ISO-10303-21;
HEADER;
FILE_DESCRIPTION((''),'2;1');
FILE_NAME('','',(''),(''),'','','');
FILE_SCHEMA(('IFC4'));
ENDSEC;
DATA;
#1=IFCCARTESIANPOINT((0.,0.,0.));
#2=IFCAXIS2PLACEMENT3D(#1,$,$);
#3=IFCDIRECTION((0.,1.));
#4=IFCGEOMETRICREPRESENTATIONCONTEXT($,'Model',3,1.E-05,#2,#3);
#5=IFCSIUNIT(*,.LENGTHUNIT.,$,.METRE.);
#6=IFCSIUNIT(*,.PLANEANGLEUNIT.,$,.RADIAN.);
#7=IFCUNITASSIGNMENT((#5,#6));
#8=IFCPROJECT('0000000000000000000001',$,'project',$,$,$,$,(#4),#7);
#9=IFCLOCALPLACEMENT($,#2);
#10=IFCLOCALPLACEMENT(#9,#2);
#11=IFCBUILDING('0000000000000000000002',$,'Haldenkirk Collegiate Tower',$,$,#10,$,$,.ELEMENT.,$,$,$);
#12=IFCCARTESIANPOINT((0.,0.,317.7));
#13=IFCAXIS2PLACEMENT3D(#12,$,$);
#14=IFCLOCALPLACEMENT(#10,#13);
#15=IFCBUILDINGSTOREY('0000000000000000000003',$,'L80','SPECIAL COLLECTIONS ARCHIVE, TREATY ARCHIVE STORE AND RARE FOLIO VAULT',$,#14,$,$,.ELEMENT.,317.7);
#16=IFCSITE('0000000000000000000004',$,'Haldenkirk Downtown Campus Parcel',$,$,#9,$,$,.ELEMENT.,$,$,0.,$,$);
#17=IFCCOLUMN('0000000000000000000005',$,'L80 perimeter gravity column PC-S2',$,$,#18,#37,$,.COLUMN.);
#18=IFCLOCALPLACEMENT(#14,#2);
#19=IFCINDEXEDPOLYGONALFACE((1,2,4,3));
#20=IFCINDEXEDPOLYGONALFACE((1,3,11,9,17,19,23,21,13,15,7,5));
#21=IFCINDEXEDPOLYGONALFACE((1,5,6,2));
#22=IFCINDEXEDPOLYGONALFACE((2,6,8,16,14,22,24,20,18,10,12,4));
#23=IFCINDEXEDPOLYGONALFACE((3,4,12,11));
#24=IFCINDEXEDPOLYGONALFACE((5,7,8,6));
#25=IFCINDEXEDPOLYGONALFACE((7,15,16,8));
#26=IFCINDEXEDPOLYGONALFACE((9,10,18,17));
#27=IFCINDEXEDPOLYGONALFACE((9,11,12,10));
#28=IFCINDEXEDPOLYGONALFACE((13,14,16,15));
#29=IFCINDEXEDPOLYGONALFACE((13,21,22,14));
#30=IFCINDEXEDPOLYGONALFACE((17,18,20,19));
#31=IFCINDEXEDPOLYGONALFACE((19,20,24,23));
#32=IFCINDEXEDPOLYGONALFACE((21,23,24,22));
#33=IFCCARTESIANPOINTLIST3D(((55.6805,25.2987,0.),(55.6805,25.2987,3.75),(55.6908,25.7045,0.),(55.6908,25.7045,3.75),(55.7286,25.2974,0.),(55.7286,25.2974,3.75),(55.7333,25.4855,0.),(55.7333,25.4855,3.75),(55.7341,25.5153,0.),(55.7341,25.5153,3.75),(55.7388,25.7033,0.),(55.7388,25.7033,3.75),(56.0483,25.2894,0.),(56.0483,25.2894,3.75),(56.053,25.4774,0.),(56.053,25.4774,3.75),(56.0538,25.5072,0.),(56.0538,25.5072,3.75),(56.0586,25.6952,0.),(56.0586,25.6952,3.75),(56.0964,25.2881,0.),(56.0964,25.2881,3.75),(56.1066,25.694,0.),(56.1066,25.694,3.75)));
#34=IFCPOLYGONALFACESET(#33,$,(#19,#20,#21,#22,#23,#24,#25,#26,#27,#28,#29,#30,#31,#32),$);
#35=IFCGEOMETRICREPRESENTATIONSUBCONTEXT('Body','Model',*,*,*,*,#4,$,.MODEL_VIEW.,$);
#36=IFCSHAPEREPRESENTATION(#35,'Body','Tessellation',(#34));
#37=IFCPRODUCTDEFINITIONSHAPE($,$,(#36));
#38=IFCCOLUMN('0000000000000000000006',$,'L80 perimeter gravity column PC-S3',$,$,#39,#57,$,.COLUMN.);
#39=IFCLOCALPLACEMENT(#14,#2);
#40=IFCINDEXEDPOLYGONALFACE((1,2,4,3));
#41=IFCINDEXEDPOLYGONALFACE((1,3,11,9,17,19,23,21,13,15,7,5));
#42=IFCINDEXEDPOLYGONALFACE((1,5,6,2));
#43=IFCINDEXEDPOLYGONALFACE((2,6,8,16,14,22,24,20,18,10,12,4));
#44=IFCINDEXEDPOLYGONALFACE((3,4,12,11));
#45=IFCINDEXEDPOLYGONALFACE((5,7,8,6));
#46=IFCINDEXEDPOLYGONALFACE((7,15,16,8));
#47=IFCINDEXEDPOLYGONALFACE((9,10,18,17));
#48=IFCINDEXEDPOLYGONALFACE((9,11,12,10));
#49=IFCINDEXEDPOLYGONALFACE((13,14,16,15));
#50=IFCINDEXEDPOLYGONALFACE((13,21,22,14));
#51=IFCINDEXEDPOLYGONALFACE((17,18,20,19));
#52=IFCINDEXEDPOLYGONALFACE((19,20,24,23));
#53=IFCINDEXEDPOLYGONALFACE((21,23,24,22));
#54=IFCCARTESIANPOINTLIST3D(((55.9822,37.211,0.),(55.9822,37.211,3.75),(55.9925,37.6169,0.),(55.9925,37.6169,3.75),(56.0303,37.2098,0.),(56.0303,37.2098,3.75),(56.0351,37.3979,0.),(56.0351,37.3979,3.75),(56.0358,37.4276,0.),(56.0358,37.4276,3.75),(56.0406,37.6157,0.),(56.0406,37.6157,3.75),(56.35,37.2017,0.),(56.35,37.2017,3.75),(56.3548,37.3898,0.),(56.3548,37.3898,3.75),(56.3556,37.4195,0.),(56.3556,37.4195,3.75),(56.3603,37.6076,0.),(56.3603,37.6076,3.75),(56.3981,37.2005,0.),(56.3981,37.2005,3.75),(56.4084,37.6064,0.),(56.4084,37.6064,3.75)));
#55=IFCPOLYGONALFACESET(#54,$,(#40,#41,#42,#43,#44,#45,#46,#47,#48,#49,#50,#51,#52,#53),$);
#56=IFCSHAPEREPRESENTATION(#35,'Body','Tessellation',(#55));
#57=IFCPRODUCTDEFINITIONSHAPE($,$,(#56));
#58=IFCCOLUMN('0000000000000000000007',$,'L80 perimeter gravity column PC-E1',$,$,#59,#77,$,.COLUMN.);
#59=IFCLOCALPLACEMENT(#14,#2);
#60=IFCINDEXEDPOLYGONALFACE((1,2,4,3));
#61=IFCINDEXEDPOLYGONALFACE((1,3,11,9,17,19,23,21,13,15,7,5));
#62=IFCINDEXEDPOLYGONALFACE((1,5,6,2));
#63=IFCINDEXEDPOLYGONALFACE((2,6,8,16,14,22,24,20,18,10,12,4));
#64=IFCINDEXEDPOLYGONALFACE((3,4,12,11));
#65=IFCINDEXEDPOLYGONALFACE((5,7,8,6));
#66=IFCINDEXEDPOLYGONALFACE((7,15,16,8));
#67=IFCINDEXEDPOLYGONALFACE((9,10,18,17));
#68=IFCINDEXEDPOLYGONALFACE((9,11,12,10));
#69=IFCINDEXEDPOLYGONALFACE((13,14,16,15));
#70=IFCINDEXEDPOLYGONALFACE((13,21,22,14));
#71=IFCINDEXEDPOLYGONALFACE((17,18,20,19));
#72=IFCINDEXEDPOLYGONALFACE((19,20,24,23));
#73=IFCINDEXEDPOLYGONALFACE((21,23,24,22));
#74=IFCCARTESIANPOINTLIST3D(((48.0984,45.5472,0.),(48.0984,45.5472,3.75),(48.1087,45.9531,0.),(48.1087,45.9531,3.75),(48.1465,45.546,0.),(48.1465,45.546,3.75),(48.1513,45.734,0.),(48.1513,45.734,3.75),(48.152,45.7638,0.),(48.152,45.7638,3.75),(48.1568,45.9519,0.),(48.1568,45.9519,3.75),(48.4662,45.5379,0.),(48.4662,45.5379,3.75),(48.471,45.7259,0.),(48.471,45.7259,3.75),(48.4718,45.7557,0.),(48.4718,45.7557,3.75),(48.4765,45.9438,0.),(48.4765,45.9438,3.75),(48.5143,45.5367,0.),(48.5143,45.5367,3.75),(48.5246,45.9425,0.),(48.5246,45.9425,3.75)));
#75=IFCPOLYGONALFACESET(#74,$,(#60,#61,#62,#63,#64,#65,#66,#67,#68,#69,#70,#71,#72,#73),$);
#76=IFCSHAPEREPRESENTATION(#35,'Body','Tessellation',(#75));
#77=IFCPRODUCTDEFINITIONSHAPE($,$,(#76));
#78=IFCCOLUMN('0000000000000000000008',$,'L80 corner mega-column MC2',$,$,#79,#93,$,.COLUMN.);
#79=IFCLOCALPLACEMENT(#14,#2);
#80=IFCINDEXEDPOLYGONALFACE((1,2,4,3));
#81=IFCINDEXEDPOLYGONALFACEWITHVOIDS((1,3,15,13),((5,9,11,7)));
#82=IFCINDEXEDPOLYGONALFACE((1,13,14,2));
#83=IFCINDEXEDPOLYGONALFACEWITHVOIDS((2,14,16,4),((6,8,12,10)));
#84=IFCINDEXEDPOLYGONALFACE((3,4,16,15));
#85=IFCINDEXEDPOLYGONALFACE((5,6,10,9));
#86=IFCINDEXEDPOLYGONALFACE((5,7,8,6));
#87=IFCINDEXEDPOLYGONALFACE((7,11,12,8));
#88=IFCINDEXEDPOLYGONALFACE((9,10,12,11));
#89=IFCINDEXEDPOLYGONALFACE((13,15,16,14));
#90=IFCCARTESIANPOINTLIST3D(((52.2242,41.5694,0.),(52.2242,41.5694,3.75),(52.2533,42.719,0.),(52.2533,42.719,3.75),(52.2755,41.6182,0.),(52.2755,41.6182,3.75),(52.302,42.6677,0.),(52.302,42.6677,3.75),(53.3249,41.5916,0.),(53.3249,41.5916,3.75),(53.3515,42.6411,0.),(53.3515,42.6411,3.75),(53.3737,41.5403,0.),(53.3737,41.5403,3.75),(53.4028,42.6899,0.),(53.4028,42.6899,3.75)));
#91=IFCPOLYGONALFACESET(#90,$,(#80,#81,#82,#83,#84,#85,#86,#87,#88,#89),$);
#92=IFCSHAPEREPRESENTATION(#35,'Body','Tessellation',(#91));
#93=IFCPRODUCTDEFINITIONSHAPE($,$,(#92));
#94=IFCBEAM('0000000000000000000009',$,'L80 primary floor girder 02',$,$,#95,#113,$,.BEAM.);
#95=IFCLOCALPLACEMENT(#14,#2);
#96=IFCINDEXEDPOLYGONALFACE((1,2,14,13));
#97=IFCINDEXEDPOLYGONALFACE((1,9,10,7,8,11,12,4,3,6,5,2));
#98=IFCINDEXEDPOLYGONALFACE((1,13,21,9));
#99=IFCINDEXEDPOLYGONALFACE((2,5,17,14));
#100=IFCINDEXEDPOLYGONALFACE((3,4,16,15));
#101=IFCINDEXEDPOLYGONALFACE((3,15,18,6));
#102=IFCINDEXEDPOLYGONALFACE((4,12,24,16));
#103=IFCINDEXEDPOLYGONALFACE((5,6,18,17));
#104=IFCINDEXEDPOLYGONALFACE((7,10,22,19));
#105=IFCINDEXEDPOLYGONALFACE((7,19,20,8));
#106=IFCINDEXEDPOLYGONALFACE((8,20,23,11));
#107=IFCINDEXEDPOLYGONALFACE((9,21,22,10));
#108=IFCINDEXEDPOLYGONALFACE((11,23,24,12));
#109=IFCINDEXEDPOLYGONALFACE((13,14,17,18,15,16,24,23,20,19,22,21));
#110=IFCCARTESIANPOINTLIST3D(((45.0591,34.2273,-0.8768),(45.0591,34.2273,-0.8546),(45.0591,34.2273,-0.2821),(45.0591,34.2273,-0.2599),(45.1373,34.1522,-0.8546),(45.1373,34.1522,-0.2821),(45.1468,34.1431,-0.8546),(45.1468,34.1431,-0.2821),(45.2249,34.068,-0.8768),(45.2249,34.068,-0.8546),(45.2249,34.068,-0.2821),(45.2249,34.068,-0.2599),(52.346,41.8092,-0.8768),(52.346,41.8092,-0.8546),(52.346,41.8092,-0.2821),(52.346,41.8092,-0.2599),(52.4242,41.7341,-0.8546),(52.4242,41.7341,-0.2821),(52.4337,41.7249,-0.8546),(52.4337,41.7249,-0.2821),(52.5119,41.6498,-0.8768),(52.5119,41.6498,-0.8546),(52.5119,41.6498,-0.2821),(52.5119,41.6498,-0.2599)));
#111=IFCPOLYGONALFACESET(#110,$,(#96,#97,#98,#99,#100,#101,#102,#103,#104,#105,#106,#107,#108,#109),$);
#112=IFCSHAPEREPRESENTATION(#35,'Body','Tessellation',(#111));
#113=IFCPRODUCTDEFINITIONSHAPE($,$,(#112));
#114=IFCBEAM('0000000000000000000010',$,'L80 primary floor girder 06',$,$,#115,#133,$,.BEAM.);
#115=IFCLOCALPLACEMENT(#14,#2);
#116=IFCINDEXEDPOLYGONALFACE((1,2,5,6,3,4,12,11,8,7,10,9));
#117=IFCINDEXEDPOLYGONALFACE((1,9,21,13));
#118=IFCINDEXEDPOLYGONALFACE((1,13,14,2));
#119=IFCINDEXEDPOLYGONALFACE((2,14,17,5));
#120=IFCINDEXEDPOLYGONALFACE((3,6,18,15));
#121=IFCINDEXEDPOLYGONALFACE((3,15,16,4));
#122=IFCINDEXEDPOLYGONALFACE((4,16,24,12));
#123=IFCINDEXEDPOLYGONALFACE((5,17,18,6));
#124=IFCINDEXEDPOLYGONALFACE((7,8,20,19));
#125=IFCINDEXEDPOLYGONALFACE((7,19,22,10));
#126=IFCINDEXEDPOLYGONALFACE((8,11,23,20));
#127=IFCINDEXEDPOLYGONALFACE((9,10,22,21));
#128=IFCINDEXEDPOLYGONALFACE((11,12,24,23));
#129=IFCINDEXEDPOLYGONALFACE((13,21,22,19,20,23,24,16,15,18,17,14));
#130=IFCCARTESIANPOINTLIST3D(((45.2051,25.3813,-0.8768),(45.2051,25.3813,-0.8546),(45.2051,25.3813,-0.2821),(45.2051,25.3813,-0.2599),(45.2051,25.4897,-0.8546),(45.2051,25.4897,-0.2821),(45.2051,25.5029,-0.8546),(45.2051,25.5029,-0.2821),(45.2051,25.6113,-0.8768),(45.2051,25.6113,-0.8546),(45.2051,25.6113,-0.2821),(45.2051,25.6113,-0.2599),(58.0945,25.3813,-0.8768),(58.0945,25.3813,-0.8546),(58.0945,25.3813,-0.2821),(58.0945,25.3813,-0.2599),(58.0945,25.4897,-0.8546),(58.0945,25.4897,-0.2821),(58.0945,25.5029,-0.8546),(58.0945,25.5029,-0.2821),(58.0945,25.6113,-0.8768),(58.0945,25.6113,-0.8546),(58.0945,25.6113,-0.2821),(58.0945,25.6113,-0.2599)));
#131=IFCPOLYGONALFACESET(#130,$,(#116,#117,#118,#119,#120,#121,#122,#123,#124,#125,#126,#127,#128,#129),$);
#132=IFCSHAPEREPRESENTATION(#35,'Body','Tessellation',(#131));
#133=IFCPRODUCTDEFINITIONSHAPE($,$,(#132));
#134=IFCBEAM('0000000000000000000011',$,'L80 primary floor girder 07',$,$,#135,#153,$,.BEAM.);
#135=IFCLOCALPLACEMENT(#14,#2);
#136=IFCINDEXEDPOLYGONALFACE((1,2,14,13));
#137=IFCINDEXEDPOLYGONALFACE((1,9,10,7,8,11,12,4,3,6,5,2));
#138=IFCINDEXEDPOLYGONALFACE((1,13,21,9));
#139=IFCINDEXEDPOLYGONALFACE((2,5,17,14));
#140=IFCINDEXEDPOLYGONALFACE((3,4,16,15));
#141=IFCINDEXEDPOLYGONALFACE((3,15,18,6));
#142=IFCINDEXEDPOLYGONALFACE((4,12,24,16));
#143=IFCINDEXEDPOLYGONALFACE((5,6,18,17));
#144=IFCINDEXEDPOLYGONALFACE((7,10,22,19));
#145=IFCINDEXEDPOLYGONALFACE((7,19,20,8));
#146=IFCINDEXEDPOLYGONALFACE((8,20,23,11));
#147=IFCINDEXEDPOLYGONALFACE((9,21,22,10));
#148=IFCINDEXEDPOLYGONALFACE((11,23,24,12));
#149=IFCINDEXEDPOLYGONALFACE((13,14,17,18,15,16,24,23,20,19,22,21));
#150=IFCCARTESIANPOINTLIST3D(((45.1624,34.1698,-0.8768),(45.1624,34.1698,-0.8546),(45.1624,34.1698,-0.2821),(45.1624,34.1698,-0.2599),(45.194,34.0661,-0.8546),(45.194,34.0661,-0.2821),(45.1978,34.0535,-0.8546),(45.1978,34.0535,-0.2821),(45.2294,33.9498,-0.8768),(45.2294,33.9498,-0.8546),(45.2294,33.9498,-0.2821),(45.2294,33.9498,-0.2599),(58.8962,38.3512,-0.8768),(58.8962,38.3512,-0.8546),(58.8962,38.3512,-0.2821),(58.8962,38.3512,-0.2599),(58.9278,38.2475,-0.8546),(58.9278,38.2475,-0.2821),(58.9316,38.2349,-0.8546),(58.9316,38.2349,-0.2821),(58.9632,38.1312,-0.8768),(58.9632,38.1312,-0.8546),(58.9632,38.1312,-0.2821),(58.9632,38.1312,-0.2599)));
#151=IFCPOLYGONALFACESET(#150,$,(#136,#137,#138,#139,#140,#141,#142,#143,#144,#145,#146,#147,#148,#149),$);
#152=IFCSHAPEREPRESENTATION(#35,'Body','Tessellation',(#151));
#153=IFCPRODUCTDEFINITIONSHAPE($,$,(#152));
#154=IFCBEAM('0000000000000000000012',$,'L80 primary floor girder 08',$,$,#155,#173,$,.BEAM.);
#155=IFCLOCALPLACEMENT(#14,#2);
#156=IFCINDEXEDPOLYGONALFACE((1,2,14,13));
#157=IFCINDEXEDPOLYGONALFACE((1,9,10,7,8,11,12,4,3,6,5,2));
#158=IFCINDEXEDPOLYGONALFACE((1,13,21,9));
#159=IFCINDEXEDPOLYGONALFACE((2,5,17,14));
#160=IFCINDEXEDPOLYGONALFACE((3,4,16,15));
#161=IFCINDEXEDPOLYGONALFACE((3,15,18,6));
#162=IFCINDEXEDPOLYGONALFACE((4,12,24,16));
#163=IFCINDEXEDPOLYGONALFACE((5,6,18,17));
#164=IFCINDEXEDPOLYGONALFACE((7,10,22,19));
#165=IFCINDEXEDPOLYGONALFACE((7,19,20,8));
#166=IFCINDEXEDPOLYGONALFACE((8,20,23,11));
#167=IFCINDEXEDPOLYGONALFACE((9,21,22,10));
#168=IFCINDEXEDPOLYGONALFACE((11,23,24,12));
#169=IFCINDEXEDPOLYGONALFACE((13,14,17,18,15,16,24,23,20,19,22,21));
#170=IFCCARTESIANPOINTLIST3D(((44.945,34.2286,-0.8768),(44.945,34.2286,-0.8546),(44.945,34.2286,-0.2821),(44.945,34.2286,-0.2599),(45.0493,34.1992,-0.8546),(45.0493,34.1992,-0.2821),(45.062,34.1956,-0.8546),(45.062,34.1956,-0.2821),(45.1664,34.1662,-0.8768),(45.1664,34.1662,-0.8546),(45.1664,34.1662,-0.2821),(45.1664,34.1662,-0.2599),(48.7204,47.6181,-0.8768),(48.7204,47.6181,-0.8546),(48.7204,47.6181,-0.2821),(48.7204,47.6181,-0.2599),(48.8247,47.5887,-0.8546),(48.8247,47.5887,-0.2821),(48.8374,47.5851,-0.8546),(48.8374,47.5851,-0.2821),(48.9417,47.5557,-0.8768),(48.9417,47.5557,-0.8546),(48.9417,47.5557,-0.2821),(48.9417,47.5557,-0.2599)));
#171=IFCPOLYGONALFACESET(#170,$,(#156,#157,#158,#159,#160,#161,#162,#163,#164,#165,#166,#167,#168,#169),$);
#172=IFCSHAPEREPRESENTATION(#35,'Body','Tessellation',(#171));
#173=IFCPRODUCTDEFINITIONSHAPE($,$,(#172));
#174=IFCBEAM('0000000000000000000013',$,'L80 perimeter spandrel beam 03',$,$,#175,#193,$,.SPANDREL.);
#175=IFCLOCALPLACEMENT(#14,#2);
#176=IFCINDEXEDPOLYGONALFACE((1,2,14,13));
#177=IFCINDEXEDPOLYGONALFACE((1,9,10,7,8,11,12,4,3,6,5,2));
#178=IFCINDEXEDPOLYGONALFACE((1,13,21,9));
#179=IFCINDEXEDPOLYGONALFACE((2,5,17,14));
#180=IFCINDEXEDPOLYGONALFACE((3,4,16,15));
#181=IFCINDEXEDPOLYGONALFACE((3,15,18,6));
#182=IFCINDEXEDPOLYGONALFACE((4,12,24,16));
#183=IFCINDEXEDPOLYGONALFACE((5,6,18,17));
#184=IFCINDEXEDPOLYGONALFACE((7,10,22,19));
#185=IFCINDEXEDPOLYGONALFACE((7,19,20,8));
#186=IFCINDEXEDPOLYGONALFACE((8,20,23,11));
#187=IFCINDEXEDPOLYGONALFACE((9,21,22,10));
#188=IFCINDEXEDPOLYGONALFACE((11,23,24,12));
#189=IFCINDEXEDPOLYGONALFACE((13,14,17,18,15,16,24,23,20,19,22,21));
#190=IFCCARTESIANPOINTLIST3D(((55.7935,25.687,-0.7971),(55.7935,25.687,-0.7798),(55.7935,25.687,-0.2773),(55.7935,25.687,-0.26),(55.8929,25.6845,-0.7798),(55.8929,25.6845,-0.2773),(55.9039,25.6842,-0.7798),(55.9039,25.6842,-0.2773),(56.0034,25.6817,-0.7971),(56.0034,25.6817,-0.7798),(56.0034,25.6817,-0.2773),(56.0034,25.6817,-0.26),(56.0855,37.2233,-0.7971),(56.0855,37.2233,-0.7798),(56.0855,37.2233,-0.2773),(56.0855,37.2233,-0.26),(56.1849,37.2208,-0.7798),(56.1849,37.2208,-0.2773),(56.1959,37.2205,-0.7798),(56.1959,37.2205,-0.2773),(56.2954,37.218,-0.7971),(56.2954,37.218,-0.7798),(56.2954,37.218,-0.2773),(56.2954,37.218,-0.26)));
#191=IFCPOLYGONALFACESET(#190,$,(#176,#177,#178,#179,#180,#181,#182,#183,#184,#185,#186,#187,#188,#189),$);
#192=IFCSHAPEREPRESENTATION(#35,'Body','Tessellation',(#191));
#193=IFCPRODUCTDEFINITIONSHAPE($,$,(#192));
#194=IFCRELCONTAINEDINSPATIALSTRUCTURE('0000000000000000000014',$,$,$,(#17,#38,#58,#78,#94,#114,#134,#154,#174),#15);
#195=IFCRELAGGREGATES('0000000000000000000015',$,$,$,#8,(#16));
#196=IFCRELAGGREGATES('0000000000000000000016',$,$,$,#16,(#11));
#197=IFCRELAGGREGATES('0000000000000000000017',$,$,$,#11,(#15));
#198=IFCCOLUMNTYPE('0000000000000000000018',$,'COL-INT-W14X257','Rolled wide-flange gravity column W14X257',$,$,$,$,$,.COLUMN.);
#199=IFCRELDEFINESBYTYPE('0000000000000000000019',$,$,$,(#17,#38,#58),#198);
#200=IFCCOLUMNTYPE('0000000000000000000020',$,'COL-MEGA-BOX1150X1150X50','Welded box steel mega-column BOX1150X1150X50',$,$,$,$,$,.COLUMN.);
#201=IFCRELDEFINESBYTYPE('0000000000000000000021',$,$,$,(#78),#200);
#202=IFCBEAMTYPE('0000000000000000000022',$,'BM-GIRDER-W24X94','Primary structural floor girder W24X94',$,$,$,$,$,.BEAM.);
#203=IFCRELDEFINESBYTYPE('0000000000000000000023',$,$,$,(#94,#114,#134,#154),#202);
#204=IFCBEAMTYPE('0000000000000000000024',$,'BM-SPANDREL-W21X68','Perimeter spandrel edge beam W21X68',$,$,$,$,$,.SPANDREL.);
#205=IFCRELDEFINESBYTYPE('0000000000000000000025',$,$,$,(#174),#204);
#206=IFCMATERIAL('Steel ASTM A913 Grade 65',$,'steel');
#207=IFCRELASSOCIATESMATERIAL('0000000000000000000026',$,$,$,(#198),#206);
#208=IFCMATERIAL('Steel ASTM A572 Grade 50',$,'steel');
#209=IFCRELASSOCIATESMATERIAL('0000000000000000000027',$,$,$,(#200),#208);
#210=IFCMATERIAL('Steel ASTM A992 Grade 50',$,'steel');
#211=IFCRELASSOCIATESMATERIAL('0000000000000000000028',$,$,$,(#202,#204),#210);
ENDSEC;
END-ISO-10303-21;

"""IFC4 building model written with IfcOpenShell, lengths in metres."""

from ifc_helpers import new_model, si_unit, direction, frame, origin, origin_2d, place, context, subcontext, project, spatial, hollow_rectangle, i_section, extrude, material, material_profile, profile_set, type_object, element, save


model = new_model("IFC4")

# Units and contexts
model_context = context("Model", 3, precision=1e-05, world=origin(), true_north=direction((0.0, 1.0)))
body_context = subcontext(model_context, "Body", "Model", "MODEL_VIEW")
ifc_project = project(units=[si_unit("LENGTHUNIT", "METRE"), si_unit("PLANEANGLEUNIT", "RADIAN")], contexts=[model_context])

# Site, building, storey
site_placement = place(None, origin())
site = spatial("IfcSite", under=ifc_project, at=site_placement, Name="Haldenkirk Downtown Campus Parcel", CompositionType="ELEMENT", RefElevation=0.0)
building_placement = place(site_placement, origin())
building = spatial("IfcBuilding", under=site, at=building_placement, Name="Haldenkirk Collegiate Tower", CompositionType="ELEMENT")
storey_placement = place(building_placement, frame((0.0, 0.0, 317.7)))
storey = spatial("IfcBuildingStorey", under=building, at=storey_placement, Name="L80", Description="SPECIAL COLLECTIONS ARCHIVE, TREATY ARCHIVE STORE AND RARE FOLIO VAULT", CompositionType="ELEMENT", Elevation=317.7)

# Columns
ifc_material_1 = material(Name="Steel ASTM A913 Grade 65", Category="steel")
ifc_material_profile_1 = material_profile(ifc_material_1, i_section(OverallWidth=0.406, OverallDepth=0.416, WebThickness=0.0298, FlangeThickness=0.0481, at=origin_2d()), Name="W14X257")
ifc_profile_set_1 = profile_set([ifc_material_profile_1], Name="Steel ASTM A913 Grade 65")
column_type_1 = type_object("IfcColumnType", Name="COL-INT-W14X257", Description="Rolled wide-flange gravity column W14X257", PredefinedType="COLUMN", material=ifc_profile_set_1)
for number, where, z_axis, x_axis, name in (
    (1, (55.8936, 25.4963, 0.0), (0.0, 0.0, 1.0), (0.025305, 0.99968, 0.0), "L80 perimeter gravity column PC-S2"),
    (2, (56.1953, 37.4087, 0.0), (0.0, 0.0, 1.0), (0.025305, 0.99968, 0.0), "L80 perimeter gravity column PC-S3"),
    (3, (48.3115, 45.7449, 0.0), (0.0, 0.0, 1.0), (0.025305, 0.99968, 0.0), "L80 perimeter gravity column PC-E1"),
):
    element("IfcColumn", number, at=place(storey_placement, frame(where, z_axis=z_axis, x_axis=x_axis)), inside=storey, type_object=column_type_1, Name=name, PredefinedType="COLUMN", context=body_context, shape_type="SweptSolid", body=[
        extrude(i_section(OverallWidth=0.406, OverallDepth=0.416, WebThickness=0.0298, FlangeThickness=0.0481, at=origin_2d()), origin(), (0.0, 0.0, 1.0), 3.75),
    ])
ifc_material_2 = material(Name="Steel ASTM A572 Grade 50", Category="steel")
ifc_material_profile_2 = material_profile(ifc_material_2, hollow_rectangle(XDim=1.1499, YDim=1.1499, WallThickness=0.05, at=origin_2d()), Name="BOX1150X1150X50")
ifc_profile_set_2 = profile_set([ifc_material_profile_2], Name="Steel ASTM A572 Grade 50")
column_type_2 = type_object("IfcColumnType", Name="COL-MEGA-BOX1150X1150X50", Description="Welded box steel mega-column BOX1150X1150X50", PredefinedType="COLUMN", material=ifc_profile_set_2)
column_placement = place(storey_placement, frame((52.8135, 42.1296, 0.0), z_axis=(0.0, 0.0, 1.0), x_axis=(0.025305, 0.99968, 0.0)))
element("IfcColumn", 4, at=column_placement, inside=storey, type_object=column_type_2, Name="L80 corner mega-column MC2", PredefinedType="COLUMN", context=body_context, shape_type="SweptSolid", body=[
    extrude(hollow_rectangle(XDim=1.1499, YDim=1.1499, WallThickness=0.05, at=origin_2d()), origin(), (0.0, 0.0, 1.0), 3.75),
])

# Beams
ifc_material_3 = material(Name="Steel ASTM A992 Grade 50", Category="steel")
ifc_material_profile_3 = material_profile(ifc_material_3, i_section(OverallWidth=0.23, OverallDepth=0.6169, WebThickness=0.0132, FlangeThickness=0.0222, at=origin_2d()), Name="W24X94")
ifc_profile_set_3 = profile_set([ifc_material_profile_3], Name="Steel ASTM A992 Grade 50")
beam_type_1 = type_object("IfcBeamType", Name="BM-GIRDER-W24X94", Description="Primary structural floor girder W24X94", PredefinedType="BEAM", material=ifc_profile_set_3)
beam_1_placement = place(storey_placement, frame((52.429, 41.7295, -0.5684), z_axis=(-0.692945, -0.720991, 0.0), x_axis=(0.720991, -0.692945, 0.0)))
element("IfcBeam", 5, at=beam_1_placement, inside=storey, type_object=beam_type_1, Name="L80 primary floor girder 02", PredefinedType="BEAM", context=body_context, shape_type="SweptSolid", body=[
    extrude(i_section(OverallWidth=0.23, OverallDepth=0.6169, WebThickness=0.0132, FlangeThickness=0.0222, at=origin_2d()), origin(), (0.0, 0.0, 1.0), 10.5159),
])
beam_2_placement = place(storey_placement, frame((58.0945, 25.4963, -0.5684), z_axis=(-1.0, 0.0, 0.0), x_axis=(0.0, -1.0, 0.0)))
element("IfcBeam", 6, at=beam_2_placement, inside=storey, type_object=beam_type_1, Name="L80 primary floor girder 06", PredefinedType="BEAM", context=body_context, shape_type="SweptSolid", body=[
    extrude(i_section(OverallWidth=0.23, OverallDepth=0.6169, WebThickness=0.0132, FlangeThickness=0.0222, at=origin_2d()), origin(), (0.0, 0.0, 1.0), 12.8894),
])
beam_3_placement = place(storey_placement, frame((58.9297, 38.2412, -0.5684), z_axis=(-0.956643, -0.291263, 0.0), x_axis=(0.291263, -0.956643, 0.0)))
element("IfcBeam", 7, at=beam_3_placement, inside=storey, type_object=beam_type_1, Name="L80 primary floor girder 07", PredefinedType="BEAM", context=body_context, shape_type="SweptSolid", body=[
    extrude(i_section(OverallWidth=0.23, OverallDepth=0.6169, WebThickness=0.0132, FlangeThickness=0.0222, at=origin_2d()), origin(), (0.0, 0.0, 1.0), 14.3562),
])
beam_4_placement = place(storey_placement, frame((48.8311, 47.5869, -0.5684), z_axis=(-0.271382, -0.962472, 0.0), x_axis=(0.962472, -0.271382, 0.0)))
element("IfcBeam", 8, at=beam_4_placement, inside=storey, type_object=beam_type_1, Name="L80 primary floor girder 08", PredefinedType="BEAM", context=body_context, shape_type="SweptSolid", body=[
    extrude(i_section(OverallWidth=0.23, OverallDepth=0.6169, WebThickness=0.0132, FlangeThickness=0.0222, at=origin_2d()), origin(), (0.0, 0.0, 1.0), 13.9116),
])
ifc_material_profile_4 = material_profile(ifc_material_3, i_section(OverallWidth=0.21, OverallDepth=0.5371, WebThickness=0.011, FlangeThickness=0.0173, at=origin_2d()), Name="W21X68")
ifc_profile_set_4 = profile_set([ifc_material_profile_4], Name="Steel ASTM A992 Grade 50")
beam_type_2 = type_object("IfcBeamType", Name="BM-SPANDREL-W21X68", Description="Perimeter spandrel edge beam W21X68", PredefinedType="SPANDREL", material=ifc_profile_set_4)
beam_5_placement = place(storey_placement, frame((55.8984, 25.6843, -0.5286), z_axis=(0.025302, 0.99968, 0.0), x_axis=(-0.99968, 0.025302, 0.0)))
element("IfcBeam", 9, at=beam_5_placement, inside=storey, type_object=beam_type_2, Name="L80 perimeter spandrel beam 03", PredefinedType="SPANDREL", context=body_context, shape_type="SweptSolid", body=[
    extrude(i_section(OverallWidth=0.21, OverallDepth=0.5371, WebThickness=0.011, FlangeThickness=0.0173, at=origin_2d()), origin(), (0.0, 0.0, 1.0), 11.54),
])

save(model, "model.ifc")
